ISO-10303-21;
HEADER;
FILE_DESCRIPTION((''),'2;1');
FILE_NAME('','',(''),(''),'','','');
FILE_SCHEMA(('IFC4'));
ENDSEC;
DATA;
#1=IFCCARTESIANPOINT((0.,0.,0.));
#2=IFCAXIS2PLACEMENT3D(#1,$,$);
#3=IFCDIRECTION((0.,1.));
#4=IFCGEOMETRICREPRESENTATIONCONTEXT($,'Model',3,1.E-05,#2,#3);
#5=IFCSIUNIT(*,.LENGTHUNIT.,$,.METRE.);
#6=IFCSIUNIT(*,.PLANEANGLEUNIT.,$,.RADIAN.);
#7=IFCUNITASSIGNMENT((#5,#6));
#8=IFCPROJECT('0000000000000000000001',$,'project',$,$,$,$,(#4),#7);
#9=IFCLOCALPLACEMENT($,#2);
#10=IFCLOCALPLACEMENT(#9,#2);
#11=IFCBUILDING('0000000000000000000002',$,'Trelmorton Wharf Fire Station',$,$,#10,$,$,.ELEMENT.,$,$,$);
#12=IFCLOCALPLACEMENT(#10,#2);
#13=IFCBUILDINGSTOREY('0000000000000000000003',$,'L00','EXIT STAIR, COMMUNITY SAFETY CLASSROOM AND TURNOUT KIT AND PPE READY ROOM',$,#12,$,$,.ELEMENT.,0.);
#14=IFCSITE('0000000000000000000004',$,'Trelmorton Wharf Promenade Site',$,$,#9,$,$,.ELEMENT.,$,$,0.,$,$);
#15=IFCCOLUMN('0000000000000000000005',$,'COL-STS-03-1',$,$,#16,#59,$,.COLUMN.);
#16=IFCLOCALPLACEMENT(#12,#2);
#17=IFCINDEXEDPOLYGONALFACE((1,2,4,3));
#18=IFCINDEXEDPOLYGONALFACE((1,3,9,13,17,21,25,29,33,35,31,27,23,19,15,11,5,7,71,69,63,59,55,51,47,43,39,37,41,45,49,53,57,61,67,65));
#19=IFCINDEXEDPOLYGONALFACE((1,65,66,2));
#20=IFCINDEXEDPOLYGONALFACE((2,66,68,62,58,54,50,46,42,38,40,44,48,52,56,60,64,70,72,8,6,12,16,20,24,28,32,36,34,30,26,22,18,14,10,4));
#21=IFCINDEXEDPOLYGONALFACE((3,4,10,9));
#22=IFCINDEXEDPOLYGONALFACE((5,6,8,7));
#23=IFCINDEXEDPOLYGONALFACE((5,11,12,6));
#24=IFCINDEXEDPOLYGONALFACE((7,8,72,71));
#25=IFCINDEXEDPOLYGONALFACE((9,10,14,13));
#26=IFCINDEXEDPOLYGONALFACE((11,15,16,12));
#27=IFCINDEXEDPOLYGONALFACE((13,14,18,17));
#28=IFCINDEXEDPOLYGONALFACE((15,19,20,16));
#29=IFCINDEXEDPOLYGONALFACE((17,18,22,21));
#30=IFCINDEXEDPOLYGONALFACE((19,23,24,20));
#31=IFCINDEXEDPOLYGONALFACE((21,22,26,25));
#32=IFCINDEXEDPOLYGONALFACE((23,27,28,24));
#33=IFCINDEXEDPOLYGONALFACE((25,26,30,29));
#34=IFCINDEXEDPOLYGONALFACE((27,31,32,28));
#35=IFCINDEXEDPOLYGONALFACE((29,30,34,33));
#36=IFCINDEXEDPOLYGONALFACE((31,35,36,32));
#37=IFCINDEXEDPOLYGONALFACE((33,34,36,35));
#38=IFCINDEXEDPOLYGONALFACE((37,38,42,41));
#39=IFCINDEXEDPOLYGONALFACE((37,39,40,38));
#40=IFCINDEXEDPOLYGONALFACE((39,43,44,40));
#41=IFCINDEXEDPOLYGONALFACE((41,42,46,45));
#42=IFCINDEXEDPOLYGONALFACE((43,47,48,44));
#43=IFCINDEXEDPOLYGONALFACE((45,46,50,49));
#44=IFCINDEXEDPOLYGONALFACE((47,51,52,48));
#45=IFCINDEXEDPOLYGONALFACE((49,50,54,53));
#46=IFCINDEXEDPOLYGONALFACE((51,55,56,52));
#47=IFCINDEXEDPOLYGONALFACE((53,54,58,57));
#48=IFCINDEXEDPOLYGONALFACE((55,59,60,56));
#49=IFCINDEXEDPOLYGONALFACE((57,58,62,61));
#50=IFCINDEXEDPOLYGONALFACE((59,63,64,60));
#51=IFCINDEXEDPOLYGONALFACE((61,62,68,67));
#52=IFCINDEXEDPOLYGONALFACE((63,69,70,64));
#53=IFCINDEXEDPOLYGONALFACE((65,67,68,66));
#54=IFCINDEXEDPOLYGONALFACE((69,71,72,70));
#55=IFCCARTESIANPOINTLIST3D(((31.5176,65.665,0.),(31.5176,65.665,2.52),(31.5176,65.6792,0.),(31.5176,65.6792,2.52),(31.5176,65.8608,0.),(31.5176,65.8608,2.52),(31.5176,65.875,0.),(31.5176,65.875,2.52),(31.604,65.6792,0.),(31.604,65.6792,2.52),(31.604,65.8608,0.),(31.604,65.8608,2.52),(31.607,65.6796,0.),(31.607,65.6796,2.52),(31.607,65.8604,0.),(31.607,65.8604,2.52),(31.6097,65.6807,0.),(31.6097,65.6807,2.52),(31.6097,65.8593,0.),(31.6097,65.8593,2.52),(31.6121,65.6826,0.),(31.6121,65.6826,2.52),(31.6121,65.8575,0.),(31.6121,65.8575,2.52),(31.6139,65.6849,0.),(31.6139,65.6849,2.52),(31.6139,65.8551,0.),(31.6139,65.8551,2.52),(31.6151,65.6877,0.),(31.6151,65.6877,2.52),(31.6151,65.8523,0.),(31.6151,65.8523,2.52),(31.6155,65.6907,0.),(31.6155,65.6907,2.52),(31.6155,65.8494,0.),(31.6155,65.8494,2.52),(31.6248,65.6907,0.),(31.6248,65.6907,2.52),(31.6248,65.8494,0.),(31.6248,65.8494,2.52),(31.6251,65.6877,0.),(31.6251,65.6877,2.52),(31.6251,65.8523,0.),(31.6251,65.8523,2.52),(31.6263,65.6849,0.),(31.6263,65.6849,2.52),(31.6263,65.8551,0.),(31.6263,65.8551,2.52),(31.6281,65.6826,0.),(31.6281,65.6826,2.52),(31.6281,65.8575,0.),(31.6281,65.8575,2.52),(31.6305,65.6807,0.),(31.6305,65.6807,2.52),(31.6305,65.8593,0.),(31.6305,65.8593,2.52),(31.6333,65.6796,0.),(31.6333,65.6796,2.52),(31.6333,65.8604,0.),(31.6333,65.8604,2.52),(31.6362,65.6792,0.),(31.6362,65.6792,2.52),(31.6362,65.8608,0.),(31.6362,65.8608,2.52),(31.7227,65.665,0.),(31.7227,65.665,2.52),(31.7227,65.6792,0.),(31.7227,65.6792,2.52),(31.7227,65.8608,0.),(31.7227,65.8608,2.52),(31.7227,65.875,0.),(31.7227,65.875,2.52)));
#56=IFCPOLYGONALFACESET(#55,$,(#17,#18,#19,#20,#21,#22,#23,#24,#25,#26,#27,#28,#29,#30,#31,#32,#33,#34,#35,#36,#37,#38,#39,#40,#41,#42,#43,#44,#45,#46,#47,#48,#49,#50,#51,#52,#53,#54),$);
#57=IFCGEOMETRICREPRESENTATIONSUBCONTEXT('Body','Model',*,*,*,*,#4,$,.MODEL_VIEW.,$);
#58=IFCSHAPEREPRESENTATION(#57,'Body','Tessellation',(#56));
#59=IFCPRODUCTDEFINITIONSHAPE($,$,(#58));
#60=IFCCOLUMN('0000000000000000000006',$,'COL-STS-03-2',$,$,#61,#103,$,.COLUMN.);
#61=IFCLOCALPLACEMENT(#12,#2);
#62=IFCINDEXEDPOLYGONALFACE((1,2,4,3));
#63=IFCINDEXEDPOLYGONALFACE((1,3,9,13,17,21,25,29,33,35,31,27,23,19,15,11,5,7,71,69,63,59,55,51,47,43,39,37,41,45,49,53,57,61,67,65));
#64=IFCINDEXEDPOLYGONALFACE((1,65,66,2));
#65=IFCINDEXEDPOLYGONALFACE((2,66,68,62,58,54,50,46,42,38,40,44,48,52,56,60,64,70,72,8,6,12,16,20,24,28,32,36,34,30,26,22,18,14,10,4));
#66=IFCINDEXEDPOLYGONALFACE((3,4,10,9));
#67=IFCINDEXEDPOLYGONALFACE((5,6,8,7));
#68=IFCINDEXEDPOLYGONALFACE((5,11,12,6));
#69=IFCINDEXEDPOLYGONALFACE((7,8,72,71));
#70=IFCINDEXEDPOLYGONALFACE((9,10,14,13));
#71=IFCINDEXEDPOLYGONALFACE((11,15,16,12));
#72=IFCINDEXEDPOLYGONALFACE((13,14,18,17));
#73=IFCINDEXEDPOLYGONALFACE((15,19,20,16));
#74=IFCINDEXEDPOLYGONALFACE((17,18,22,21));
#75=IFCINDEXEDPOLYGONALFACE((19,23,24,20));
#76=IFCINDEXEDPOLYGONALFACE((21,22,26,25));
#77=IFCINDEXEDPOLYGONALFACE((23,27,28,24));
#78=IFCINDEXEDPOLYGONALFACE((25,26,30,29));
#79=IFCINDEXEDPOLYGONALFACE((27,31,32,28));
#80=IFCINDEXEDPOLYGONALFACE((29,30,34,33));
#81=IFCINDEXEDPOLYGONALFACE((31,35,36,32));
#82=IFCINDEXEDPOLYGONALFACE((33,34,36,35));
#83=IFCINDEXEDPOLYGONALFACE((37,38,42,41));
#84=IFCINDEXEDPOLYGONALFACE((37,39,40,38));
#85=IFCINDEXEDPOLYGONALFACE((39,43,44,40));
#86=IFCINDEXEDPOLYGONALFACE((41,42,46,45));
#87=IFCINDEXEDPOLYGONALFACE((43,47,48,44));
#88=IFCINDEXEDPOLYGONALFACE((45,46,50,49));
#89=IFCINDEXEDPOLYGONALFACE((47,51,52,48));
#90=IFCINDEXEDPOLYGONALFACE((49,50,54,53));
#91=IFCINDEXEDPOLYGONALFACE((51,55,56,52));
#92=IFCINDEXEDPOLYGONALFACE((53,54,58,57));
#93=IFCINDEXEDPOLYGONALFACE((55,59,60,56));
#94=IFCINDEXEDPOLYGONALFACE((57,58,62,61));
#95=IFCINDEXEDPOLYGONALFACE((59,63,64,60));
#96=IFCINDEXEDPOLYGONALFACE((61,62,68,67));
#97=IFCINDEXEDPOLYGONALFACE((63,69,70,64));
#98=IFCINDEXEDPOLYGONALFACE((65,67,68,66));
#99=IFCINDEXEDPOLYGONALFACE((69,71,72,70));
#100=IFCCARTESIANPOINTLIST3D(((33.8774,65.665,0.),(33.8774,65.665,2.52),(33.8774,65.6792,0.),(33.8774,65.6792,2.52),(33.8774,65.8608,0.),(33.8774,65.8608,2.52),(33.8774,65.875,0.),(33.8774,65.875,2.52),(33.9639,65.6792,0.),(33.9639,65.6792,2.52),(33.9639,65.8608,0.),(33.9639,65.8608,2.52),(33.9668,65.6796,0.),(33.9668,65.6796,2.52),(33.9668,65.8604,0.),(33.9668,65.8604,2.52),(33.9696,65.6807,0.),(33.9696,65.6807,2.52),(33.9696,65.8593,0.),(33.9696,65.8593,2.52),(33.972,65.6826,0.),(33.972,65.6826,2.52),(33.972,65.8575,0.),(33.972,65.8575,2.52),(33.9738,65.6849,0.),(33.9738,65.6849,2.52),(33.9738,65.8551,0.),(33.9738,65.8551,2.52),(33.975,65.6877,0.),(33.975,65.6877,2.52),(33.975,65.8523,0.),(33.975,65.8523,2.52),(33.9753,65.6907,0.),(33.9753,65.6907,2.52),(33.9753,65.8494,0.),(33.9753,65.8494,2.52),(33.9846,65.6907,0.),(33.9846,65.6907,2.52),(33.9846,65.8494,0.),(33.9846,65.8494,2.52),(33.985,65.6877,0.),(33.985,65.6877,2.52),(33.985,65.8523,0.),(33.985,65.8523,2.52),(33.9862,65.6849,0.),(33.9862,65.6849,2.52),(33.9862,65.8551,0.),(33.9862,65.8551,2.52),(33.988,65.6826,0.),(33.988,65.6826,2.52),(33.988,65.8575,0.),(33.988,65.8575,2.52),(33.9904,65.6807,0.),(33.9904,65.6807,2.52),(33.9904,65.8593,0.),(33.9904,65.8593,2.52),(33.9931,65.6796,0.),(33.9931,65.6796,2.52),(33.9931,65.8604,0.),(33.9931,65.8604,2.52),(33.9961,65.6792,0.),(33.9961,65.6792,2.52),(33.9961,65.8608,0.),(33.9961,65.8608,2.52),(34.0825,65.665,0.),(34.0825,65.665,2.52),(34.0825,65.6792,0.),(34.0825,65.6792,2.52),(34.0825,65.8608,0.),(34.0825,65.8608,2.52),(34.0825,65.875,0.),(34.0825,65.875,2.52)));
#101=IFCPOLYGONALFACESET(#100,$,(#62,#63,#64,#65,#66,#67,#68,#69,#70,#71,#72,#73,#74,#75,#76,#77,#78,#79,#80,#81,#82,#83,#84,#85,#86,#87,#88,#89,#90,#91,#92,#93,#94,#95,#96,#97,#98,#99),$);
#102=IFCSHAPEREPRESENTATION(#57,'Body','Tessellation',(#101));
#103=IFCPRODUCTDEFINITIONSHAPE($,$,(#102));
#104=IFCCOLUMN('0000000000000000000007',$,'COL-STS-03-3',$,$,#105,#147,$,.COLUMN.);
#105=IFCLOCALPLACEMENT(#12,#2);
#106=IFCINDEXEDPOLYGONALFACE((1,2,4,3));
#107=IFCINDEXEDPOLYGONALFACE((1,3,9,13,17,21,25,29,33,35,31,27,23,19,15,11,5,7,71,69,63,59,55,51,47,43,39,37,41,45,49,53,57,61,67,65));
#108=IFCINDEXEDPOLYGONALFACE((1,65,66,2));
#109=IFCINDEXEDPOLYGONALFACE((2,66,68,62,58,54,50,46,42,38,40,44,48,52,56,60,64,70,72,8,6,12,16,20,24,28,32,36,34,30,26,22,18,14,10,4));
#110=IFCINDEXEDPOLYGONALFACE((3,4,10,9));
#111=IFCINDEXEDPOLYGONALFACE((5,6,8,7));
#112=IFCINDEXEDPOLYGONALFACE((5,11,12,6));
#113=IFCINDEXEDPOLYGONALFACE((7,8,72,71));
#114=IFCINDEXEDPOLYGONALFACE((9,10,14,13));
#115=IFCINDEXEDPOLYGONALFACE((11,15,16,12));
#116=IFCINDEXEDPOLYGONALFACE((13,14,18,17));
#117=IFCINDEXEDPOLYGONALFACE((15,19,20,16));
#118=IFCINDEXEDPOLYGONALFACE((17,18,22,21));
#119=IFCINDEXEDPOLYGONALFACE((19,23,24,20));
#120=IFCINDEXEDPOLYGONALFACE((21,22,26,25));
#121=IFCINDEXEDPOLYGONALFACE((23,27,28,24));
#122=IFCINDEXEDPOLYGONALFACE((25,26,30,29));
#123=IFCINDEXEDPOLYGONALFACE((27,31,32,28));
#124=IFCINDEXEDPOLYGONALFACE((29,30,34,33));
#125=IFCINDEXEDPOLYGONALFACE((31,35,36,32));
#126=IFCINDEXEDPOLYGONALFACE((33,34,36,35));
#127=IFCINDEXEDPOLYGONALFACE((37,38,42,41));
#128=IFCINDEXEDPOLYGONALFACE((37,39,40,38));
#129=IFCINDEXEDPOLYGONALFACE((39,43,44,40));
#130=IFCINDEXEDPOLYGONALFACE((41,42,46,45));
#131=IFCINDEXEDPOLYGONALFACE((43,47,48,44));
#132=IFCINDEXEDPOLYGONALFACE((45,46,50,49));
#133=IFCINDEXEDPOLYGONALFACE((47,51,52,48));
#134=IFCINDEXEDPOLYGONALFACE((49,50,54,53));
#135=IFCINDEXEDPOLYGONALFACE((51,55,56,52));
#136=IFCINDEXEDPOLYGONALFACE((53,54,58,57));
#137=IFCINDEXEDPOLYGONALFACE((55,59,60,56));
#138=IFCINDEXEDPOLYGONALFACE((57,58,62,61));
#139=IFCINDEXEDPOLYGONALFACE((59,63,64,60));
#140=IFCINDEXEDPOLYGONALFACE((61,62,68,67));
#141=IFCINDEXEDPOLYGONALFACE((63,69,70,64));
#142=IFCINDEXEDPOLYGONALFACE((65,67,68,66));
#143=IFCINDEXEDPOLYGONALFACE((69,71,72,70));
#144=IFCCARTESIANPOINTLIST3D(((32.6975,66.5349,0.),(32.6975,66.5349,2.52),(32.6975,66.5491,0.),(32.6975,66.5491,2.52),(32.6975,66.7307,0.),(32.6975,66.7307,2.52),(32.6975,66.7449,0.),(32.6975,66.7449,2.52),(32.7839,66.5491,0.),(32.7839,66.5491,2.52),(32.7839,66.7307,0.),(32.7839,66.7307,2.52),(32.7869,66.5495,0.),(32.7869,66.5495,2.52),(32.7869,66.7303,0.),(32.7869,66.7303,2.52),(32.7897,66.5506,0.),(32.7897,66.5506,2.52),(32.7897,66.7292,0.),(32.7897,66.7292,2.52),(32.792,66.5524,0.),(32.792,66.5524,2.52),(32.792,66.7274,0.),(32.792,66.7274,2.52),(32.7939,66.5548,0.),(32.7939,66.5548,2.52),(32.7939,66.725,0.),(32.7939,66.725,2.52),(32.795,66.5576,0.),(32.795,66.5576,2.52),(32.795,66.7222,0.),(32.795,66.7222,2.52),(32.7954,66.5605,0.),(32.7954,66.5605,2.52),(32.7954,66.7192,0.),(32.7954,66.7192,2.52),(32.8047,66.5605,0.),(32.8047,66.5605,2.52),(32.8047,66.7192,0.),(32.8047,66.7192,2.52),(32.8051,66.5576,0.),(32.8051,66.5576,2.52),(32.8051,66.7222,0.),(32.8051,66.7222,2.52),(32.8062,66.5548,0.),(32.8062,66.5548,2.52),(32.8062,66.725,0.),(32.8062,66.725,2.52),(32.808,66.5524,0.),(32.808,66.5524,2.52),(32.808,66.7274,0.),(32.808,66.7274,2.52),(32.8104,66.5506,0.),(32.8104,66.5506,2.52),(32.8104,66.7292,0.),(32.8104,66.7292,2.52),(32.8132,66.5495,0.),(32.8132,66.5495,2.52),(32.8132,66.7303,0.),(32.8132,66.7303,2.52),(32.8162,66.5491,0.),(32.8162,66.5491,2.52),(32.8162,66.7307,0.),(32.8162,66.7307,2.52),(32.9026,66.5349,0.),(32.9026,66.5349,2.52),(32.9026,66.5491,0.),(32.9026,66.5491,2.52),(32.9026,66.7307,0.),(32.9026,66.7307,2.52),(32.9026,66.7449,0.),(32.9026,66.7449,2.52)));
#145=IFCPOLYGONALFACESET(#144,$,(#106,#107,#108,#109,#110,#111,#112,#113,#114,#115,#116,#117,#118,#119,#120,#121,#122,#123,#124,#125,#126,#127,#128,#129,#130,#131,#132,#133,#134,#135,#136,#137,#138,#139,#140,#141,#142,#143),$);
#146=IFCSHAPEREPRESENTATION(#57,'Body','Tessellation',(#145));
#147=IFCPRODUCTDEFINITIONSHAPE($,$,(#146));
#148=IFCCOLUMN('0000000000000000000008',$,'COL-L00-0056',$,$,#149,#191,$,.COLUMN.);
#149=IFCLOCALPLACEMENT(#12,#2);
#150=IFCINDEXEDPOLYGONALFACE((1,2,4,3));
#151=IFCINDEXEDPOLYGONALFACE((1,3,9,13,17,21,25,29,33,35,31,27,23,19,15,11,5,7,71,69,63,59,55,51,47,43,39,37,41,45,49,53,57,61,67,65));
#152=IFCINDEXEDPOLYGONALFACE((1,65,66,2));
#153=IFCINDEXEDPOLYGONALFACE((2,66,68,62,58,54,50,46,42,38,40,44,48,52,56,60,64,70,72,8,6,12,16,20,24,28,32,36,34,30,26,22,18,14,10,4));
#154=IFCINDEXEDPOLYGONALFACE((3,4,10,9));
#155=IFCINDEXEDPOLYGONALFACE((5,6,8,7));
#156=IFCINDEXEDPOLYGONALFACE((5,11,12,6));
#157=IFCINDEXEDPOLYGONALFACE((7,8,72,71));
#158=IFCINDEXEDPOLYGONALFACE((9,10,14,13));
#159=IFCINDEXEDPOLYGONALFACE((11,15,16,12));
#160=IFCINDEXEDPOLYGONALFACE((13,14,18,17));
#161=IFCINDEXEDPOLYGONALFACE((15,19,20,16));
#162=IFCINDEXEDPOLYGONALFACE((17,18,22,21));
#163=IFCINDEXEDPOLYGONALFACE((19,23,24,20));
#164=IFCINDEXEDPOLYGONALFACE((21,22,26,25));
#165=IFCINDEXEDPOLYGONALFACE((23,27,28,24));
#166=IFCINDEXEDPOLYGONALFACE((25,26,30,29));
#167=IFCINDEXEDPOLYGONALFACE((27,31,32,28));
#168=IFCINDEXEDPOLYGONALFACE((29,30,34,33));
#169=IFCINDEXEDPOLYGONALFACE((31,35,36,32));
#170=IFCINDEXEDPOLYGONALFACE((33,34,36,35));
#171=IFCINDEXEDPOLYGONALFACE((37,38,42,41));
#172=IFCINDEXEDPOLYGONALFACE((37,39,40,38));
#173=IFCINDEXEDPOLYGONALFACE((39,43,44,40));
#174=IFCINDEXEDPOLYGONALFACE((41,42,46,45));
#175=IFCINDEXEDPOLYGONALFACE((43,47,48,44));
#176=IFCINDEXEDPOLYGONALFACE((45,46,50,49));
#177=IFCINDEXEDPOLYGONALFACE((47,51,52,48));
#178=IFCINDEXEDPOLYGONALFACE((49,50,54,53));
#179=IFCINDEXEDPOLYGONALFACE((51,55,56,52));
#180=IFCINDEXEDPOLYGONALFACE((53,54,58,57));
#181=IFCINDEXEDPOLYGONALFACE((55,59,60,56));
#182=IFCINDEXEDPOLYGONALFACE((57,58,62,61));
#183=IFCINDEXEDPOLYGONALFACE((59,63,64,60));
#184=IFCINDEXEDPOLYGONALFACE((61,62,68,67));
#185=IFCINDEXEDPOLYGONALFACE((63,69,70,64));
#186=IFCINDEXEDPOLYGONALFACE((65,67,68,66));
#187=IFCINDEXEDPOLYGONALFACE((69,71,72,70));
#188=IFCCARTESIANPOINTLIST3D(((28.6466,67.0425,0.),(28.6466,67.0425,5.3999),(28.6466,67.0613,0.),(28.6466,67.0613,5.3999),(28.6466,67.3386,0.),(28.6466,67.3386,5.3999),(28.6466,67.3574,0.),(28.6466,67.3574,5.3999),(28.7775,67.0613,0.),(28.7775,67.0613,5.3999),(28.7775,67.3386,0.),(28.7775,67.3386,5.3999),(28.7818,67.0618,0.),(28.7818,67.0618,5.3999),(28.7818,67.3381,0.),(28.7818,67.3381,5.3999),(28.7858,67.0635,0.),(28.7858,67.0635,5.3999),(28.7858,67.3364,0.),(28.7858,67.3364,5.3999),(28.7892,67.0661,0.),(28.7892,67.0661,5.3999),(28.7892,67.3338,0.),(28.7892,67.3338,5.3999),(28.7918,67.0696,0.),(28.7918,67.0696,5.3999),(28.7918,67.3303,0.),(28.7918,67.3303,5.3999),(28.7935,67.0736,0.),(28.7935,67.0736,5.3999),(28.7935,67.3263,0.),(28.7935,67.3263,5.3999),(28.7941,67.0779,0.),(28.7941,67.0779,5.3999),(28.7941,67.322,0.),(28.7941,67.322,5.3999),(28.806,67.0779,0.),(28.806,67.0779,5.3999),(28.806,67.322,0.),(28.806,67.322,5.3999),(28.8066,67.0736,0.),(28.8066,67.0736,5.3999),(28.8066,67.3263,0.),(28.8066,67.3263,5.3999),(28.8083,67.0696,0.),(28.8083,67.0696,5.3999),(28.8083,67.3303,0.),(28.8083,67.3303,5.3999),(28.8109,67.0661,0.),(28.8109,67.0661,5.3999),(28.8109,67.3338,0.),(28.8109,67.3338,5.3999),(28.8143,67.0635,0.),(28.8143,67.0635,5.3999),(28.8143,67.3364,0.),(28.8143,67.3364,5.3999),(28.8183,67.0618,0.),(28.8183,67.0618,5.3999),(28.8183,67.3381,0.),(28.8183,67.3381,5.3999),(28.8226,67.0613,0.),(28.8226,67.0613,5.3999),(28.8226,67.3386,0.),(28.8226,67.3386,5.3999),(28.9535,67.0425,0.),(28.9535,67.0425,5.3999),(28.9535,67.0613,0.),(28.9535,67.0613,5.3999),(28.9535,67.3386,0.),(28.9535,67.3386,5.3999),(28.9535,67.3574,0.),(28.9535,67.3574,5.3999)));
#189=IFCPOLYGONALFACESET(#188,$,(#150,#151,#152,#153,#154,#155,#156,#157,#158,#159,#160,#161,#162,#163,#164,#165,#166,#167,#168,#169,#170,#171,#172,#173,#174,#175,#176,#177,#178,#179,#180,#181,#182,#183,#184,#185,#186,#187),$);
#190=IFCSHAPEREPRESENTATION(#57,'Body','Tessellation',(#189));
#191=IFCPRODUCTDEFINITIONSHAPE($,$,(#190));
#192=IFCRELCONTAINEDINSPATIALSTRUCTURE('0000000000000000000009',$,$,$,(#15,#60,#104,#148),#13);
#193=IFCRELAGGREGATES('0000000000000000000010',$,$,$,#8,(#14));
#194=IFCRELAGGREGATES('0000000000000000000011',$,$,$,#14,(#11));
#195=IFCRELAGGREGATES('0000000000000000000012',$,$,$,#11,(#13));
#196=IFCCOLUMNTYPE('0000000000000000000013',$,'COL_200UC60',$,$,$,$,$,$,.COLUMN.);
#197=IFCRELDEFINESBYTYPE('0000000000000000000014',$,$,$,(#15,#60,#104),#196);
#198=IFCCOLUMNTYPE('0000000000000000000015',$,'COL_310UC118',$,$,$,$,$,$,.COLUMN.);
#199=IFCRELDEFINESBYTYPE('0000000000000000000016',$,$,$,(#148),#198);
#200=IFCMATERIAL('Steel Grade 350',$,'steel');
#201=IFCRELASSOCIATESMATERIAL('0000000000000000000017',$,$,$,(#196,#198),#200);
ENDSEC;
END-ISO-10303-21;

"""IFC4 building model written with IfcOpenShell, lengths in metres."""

from ifc_helpers import new_model, si_unit, direction, frame, origin, origin_2d, place, context, subcontext, project, spatial, i_section, extrude, material, material_profile, profile_set, type_object, element, save


model = new_model("IFC4")

# Units and contexts
model_context = context("Model", 3, precision=1e-05, world=origin(), true_north=direction((0.0, 1.0)))
body_context = subcontext(model_context, "Body", "Model", "MODEL_VIEW")
ifc_project = project(units=[si_unit("LENGTHUNIT", "METRE"), si_unit("PLANEANGLEUNIT", "RADIAN")], contexts=[model_context])

# Site, building, storey
site_placement = place(None, origin())
site = spatial("IfcSite", under=ifc_project, at=site_placement, Name="Trelmorton Wharf Promenade Site", CompositionType="ELEMENT", RefElevation=0.0)
building_placement = place(site_placement, origin())
building = spatial("IfcBuilding", under=site, at=building_placement, Name="Trelmorton Wharf Fire Station", CompositionType="ELEMENT")
storey_placement = place(building_placement, origin())
storey = spatial("IfcBuildingStorey", under=building, at=storey_placement, Name="L00", Description="EXIT STAIR, COMMUNITY SAFETY CLASSROOM AND TURNOUT KIT AND PPE READY ROOM", CompositionType="ELEMENT", Elevation=0.0)

# Columns
ifc_material_1 = material(Name="Steel Grade 350", Category="steel")
ifc_material_profile_1 = material_profile(ifc_material_1, i_section(OverallWidth=0.2051, OverallDepth=0.21, WebThickness=0.0093, FlangeThickness=0.0142, FilletRadius=0.0115, at=origin_2d()), Name="200UC59.5")
ifc_profile_set_1 = profile_set([ifc_material_profile_1], Name="Steel Grade 350")
column_type_1 = type_object("IfcColumnType", Name="COL_200UC60", PredefinedType="COLUMN", material=ifc_profile_set_1)
for number, where, z_axis, x_axis, name in (
    (1, (31.6201, 65.77, 0.0), (0.0, 0.0, 1.0), (1.0, 0.0, 0.0), "COL-STS-03-1"),
    (2, (33.98, 65.77, 0.0), (0.0, 0.0, 1.0), (1.0, 0.0, 0.0), "COL-STS-03-2"),
    (3, (32.8, 66.6399, 0.0), (0.0, 0.0, 1.0), (1.0, 0.0, 0.0), "COL-STS-03-3"),
):
    element("IfcColumn", number, at=place(storey_placement, frame(where, z_axis=z_axis, x_axis=x_axis)), inside=storey, type_object=column_type_1, Name=name, PredefinedType="COLUMN", context=body_context, shape_type="SweptSolid", body=[
        extrude(i_section(OverallWidth=0.2051, OverallDepth=0.21, WebThickness=0.0093, FlangeThickness=0.0142, FilletRadius=0.0115, at=origin_2d()), origin(), (0.0, 0.0, 1.0), 2.52),
    ])
ifc_material_profile_2 = material_profile(ifc_material_1, i_section(OverallWidth=0.3069, OverallDepth=0.3149, WebThickness=0.012, FlangeThickness=0.0188, FilletRadius=0.0166, at=origin_2d()), Name="310UC118")
ifc_profile_set_2 = profile_set([ifc_material_profile_2], Name="Steel Grade 350")
column_type_2 = type_object("IfcColumnType", Name="COL_310UC118", PredefinedType="COLUMN", material=ifc_profile_set_2)
for number, where, z_axis, x_axis, name in (
    (4, (28.8, 67.2, 0.0), (0.0, 0.0, 1.0), (1.0, 0.0, 0.0), "COL-L00-0056"),
):
    element("IfcColumn", number, at=place(storey_placement, frame(where, z_axis=z_axis, x_axis=x_axis)), inside=storey, type_object=column_type_2, Name=name, PredefinedType="COLUMN", context=body_context, shape_type="SweptSolid", body=[
        extrude(i_section(OverallWidth=0.3069, OverallDepth=0.3149, WebThickness=0.012, FlangeThickness=0.0188, FilletRadius=0.0166, at=origin_2d()), origin(), (0.0, 0.0, 1.0), 5.3999),
    ])

save(model, "model.ifc")
